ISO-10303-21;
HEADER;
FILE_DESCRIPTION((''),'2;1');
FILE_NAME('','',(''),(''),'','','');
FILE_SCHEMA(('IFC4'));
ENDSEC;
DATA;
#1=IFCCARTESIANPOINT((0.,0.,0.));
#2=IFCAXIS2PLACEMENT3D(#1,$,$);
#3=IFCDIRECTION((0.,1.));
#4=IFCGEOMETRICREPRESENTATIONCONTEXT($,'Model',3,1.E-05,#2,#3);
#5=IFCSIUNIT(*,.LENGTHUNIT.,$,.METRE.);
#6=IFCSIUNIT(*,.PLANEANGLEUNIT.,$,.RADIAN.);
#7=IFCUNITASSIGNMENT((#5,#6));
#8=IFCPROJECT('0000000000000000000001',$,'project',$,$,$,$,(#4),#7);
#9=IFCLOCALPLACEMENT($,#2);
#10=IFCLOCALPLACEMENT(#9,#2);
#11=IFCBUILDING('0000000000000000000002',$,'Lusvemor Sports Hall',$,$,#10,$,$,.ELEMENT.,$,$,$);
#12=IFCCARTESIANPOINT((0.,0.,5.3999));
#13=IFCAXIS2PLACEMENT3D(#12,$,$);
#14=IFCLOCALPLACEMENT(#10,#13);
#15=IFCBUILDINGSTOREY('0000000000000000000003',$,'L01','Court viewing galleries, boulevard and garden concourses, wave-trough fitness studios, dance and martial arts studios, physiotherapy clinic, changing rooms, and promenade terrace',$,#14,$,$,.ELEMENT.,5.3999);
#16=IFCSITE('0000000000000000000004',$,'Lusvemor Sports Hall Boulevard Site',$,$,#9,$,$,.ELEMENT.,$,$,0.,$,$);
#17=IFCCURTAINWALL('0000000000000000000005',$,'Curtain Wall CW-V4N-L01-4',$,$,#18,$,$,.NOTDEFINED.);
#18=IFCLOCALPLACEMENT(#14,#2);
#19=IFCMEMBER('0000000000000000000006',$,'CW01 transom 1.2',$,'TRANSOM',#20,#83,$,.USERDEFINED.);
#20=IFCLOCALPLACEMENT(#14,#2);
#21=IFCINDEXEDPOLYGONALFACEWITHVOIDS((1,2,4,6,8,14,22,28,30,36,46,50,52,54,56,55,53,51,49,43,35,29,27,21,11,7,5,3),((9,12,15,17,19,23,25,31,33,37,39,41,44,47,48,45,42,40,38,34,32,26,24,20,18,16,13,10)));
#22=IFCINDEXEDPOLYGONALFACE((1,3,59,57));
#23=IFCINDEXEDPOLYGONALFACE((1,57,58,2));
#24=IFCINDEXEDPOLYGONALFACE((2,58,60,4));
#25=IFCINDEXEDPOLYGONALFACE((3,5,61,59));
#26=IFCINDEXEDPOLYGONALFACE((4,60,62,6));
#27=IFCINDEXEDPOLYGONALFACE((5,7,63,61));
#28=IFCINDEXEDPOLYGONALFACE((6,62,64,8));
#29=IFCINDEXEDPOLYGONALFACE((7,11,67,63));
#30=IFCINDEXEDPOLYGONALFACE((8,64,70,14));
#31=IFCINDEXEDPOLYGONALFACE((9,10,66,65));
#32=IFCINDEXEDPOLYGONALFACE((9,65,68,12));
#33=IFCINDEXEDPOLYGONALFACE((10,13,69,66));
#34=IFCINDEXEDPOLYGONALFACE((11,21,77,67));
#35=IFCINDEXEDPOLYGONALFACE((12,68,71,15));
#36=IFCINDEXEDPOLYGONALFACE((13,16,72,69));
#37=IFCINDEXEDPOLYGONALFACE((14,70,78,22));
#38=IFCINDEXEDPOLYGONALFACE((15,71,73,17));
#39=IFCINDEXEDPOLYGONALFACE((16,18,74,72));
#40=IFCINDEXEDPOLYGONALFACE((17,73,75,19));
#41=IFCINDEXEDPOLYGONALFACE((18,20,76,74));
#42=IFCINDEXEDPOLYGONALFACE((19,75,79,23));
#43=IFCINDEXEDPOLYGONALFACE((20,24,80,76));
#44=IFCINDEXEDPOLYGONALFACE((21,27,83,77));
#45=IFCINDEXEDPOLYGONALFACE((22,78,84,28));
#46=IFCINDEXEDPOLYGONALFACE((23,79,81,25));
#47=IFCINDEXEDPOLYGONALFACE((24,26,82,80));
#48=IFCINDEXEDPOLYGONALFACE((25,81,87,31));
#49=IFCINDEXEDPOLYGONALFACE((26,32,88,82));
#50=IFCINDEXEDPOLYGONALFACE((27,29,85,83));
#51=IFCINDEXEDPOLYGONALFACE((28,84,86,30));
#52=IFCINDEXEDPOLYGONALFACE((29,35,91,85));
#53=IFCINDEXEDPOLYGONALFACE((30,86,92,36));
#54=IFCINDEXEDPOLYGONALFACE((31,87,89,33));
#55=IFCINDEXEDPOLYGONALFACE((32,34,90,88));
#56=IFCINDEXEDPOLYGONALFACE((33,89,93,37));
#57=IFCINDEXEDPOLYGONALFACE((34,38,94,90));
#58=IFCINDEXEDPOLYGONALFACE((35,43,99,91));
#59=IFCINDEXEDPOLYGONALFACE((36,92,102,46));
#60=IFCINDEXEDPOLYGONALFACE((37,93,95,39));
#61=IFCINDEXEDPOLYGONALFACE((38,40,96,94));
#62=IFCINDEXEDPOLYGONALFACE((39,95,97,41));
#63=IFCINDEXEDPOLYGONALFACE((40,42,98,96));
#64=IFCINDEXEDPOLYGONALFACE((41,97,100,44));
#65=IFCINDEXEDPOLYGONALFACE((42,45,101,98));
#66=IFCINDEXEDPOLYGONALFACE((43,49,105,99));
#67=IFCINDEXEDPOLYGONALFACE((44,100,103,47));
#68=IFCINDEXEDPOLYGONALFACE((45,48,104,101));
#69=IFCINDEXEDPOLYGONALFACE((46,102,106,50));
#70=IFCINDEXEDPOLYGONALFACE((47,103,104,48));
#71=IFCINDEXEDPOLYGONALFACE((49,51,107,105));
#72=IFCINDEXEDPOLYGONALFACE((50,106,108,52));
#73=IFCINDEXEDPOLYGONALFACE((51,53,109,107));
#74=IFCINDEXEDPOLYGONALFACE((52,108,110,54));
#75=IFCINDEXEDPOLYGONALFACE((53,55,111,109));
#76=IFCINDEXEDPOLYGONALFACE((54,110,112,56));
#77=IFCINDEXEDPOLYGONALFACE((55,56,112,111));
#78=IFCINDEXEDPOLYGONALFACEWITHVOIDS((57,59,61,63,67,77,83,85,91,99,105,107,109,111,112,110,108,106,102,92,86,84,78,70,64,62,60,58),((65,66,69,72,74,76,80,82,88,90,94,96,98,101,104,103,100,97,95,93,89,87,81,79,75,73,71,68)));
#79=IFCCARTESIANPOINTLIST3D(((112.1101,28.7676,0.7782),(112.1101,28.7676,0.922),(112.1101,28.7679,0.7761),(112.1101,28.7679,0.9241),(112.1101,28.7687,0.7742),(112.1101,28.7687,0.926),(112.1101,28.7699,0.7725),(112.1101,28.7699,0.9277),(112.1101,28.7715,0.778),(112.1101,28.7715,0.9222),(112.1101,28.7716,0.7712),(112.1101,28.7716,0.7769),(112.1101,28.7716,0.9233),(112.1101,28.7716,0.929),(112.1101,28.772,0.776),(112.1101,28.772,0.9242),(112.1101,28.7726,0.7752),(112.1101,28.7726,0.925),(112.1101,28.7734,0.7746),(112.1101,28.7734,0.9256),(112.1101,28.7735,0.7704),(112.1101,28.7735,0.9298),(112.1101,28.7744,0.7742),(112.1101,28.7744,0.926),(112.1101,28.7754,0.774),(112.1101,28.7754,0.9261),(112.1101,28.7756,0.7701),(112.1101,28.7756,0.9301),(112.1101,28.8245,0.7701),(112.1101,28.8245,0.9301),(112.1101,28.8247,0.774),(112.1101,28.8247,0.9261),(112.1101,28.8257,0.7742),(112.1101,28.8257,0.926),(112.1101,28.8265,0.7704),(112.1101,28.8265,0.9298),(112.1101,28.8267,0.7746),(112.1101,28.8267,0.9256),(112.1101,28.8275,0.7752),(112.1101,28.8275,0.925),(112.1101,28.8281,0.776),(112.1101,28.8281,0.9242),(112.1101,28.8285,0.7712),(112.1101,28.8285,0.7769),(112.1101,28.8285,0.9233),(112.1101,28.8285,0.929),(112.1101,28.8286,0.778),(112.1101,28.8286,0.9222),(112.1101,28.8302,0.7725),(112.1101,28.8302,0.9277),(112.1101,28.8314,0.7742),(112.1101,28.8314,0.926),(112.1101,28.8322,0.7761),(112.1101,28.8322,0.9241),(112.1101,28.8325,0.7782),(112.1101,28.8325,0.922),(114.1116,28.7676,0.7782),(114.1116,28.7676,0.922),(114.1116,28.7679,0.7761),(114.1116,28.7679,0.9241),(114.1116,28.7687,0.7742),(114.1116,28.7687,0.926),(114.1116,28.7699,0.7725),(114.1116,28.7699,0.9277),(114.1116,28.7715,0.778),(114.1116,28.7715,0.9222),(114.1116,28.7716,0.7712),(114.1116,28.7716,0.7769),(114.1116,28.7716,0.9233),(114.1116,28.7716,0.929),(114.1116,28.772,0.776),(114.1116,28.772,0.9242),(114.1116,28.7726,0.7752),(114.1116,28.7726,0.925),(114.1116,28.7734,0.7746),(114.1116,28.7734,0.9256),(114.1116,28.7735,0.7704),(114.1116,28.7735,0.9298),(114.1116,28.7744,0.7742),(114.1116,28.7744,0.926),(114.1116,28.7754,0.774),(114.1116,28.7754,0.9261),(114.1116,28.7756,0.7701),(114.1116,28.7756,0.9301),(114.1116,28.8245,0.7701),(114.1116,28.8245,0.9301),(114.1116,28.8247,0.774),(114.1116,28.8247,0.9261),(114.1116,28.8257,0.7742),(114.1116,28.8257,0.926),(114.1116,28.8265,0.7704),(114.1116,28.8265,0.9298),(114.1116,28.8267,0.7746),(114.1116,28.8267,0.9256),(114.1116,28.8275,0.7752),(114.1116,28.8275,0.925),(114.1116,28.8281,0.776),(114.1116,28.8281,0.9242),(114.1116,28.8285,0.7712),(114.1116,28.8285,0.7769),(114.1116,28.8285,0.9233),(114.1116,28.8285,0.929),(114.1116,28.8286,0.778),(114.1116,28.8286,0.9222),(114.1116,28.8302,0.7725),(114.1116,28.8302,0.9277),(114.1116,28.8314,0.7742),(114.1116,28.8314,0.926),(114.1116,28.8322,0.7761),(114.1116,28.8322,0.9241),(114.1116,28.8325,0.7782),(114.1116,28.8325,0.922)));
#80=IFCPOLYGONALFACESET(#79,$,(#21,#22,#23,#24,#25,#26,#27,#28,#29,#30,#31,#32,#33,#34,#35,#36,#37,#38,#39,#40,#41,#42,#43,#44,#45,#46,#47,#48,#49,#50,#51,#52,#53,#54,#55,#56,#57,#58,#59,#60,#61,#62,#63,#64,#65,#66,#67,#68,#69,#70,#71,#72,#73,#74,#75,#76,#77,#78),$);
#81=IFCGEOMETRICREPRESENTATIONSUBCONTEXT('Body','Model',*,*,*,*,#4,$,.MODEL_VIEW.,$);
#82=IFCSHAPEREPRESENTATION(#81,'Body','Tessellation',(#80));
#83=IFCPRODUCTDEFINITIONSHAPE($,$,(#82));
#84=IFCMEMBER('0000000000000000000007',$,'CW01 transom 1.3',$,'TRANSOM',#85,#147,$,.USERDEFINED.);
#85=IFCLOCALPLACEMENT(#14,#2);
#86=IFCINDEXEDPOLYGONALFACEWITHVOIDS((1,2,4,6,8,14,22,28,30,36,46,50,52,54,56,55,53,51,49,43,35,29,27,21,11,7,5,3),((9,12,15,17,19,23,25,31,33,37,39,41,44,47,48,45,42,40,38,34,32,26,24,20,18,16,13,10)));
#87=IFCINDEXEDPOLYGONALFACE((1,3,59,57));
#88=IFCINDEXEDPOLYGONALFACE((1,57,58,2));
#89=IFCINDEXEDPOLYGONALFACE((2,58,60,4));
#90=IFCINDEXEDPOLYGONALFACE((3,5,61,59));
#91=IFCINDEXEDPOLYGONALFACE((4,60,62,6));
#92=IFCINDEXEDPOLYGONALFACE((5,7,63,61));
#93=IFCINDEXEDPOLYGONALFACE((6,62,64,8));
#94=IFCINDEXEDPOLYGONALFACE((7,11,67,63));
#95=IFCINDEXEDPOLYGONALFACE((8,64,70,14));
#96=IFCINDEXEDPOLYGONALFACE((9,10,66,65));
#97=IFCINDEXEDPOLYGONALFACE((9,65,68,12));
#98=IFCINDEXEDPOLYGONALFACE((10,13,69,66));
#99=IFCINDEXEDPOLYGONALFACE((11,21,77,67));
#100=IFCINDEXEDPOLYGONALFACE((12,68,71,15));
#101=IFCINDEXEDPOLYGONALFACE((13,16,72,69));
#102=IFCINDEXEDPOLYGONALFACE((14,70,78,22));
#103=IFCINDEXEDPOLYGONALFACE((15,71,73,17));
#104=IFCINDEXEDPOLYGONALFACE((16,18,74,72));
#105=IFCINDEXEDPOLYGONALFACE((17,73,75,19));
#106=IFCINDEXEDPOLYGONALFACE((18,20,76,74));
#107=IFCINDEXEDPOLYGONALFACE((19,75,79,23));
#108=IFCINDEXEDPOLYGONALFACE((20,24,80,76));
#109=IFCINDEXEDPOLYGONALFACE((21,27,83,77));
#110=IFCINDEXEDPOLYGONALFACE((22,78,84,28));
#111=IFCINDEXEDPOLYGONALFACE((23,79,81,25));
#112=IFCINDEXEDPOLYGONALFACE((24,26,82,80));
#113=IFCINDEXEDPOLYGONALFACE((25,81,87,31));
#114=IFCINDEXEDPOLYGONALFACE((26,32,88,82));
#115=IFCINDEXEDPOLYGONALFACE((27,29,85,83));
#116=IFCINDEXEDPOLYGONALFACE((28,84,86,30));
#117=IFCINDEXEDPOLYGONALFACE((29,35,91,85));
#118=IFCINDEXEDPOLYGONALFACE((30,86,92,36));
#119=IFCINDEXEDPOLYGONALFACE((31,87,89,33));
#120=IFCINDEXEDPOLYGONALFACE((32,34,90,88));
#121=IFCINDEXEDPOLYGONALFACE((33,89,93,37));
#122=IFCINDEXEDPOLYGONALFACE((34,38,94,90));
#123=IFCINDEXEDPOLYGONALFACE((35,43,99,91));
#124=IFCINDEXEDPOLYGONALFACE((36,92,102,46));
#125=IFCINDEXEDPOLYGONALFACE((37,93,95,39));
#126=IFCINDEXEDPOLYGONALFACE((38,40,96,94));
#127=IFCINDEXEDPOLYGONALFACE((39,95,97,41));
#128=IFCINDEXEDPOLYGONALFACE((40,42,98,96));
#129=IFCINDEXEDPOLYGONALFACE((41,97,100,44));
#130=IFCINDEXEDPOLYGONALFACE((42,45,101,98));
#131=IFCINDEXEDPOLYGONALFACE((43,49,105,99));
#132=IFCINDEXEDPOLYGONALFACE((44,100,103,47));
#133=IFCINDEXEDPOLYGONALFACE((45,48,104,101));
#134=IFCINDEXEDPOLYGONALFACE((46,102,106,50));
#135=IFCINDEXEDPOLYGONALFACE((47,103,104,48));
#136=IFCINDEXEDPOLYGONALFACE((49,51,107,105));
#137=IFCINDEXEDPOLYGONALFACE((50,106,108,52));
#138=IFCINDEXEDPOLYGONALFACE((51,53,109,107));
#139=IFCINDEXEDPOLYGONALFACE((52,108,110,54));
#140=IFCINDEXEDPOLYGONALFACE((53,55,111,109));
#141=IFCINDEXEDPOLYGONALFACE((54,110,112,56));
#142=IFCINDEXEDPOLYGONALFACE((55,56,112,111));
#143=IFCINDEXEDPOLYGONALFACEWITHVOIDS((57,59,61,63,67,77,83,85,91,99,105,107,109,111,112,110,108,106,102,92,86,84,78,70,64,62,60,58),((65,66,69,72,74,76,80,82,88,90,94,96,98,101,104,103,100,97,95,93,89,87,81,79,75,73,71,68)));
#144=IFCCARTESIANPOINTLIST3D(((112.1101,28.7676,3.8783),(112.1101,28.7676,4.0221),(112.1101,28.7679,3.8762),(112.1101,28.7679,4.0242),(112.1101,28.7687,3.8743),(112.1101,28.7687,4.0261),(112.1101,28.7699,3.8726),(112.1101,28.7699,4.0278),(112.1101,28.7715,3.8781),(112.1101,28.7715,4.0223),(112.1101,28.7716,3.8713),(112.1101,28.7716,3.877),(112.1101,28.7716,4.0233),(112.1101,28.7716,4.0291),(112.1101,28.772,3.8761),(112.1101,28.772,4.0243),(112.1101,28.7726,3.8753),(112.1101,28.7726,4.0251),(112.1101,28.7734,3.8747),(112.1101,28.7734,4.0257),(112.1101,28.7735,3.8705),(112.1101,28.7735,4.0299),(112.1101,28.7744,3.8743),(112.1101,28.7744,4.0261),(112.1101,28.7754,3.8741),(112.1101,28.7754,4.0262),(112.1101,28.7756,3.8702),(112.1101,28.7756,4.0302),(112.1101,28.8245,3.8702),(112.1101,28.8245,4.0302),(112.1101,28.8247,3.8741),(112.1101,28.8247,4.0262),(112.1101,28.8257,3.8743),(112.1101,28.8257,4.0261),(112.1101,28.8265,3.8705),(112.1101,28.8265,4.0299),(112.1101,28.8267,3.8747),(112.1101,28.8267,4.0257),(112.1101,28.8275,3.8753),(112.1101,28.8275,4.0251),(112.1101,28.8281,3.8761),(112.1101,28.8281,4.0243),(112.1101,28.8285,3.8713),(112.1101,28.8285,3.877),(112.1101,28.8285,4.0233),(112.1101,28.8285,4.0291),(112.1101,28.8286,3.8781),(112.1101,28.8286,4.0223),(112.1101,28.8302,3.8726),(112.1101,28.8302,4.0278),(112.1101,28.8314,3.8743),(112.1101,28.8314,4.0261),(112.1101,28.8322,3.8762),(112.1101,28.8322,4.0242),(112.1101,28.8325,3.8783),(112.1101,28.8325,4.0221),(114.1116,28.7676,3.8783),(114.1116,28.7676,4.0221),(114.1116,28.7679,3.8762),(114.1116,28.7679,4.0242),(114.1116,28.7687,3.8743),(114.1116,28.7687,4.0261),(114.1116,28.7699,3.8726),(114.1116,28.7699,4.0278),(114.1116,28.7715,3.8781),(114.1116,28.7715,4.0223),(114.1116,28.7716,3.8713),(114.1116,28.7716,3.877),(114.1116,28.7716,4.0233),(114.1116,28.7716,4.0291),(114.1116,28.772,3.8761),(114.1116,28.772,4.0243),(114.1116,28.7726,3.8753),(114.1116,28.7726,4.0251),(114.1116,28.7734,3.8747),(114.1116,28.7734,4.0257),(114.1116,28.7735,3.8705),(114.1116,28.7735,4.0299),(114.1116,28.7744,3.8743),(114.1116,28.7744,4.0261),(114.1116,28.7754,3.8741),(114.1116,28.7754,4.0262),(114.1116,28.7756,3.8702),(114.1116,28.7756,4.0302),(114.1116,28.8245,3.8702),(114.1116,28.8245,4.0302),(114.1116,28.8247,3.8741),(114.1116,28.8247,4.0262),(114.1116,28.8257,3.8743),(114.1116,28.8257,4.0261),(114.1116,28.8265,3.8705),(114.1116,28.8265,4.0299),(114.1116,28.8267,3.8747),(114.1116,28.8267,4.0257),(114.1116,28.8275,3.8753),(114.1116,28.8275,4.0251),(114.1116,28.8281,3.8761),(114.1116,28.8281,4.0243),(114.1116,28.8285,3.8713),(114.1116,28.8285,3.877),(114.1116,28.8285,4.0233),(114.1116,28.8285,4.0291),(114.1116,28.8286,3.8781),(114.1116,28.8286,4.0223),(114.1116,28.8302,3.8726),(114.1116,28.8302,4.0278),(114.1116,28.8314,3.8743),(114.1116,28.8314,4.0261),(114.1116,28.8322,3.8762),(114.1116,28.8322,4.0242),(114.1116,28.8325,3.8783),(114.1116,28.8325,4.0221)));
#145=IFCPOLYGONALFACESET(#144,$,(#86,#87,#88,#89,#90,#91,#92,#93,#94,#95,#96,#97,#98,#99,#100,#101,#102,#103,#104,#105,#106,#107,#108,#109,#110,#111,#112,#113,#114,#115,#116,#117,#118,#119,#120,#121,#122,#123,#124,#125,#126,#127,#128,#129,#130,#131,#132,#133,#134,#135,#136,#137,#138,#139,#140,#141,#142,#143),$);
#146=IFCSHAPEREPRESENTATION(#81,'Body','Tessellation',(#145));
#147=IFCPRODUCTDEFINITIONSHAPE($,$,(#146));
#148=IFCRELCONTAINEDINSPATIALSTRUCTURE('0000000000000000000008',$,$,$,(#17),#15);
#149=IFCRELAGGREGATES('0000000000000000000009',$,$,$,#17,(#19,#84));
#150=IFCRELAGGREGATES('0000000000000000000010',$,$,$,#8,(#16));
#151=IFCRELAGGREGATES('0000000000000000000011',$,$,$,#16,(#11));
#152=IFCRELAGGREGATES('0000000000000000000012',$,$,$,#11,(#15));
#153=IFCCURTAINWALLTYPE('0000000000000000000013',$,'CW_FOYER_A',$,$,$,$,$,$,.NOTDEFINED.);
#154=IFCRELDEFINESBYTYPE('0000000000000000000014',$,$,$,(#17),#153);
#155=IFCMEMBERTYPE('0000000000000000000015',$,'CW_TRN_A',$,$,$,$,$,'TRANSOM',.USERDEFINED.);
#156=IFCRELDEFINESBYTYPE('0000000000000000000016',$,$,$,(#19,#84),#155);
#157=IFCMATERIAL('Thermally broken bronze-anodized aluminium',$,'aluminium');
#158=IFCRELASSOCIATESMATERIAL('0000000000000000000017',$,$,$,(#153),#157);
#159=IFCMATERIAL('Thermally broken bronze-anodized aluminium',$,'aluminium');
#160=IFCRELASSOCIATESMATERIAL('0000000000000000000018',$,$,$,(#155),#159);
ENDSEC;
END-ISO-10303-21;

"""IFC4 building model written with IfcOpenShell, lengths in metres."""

from ifc_helpers import new_model, si_unit, direction, frame, origin, origin_2d, place, context, subcontext, project, spatial, hollow_rectangle, extrude, material, material_profile, profile_set, type_object, element, aggregate, save


model = new_model("IFC4")

# Units and contexts
model_context = context("Model", 3, precision=1e-05, world=origin(), true_north=direction((0.0, 1.0)))
body_context = subcontext(model_context, "Body", "Model", "MODEL_VIEW")
ifc_project = project(units=[si_unit("LENGTHUNIT", "METRE"), si_unit("PLANEANGLEUNIT", "RADIAN")], contexts=[model_context])

# Site, building, storey
site_placement = place(None, origin())
site = spatial("IfcSite", under=ifc_project, at=site_placement, Name="Lusvemor Sports Hall Boulevard Site", CompositionType="ELEMENT", RefElevation=0.0)
building_placement = place(site_placement, origin())
building = spatial("IfcBuilding", under=site, at=building_placement, Name="Lusvemor Sports Hall", CompositionType="ELEMENT")
storey_placement = place(building_placement, frame((0.0, 0.0, 5.3999)))
storey = spatial("IfcBuildingStorey", under=building, at=storey_placement, Name="L01", Description="Court viewing galleries, boulevard and garden concourses, wave-trough fitness studios, dance and martial arts studios, physiotherapy clinic, changing rooms, and promenade terrace", CompositionType="ELEMENT", Elevation=5.3999)

# Curtain wall
ifc_material_1 = material(Name="Thermally broken bronze-anodized aluminium", Category="aluminium")
curtain_wall_type_1 = type_object("IfcCurtainWallType", Name="CW_FOYER_A", PredefinedType="NOTDEFINED", material=ifc_material_1)
curtain_wall_1_placement = place(storey_placement, origin())
curtain_wall_1 = element("IfcCurtainWall", 1, at=curtain_wall_1_placement, inside=storey, type_object=curtain_wall_type_1, Name="Curtain Wall CW-V4N-L01-4", PredefinedType="NOTDEFINED")

# Members
ifc_material_2 = material(Name="Thermally broken bronze-anodized aluminium", Category="aluminium")
ifc_material_profile_1 = material_profile(ifc_material_2, hollow_rectangle(XDim=0.0649, YDim=0.1599, WallThickness=0.0039, InnerFilletRadius=0.0039, OuterFilletRadius=0.0081, at=origin_2d()), Name="CWTRN160x65x4")
ifc_profile_set_1 = profile_set([ifc_material_profile_1], Name="Thermally broken bronze-anodized aluminium")
member_type_1 = type_object("IfcMemberType", Name="CW_TRN_A", ElementType="TRANSOM", PredefinedType="USERDEFINED", material=ifc_profile_set_1)
member_1_placement = place(storey_placement, frame((112.1101, 28.8, 0.8501), z_axis=(1.0, 0.0, 0.0), x_axis=(0.0, 1.0, 0.0)))
member_1 = element("IfcMember", 2, at=member_1_placement, type_object=member_type_1, Name="CW01 transom 1.2", ObjectType="TRANSOM", PredefinedType="USERDEFINED", context=body_context, shape_type="SweptSolid", body=[
    extrude(hollow_rectangle(XDim=0.0649, YDim=0.1599, WallThickness=0.0039, InnerFilletRadius=0.0039, OuterFilletRadius=0.0081, at=origin_2d()), origin(), (0.0, 0.0, 1.0), 2.0015),
])
member_2_placement = place(storey_placement, frame((112.1101, 28.8, 3.9502), z_axis=(1.0, 0.0, 0.0), x_axis=(0.0, 1.0, 0.0)))
member_2 = element("IfcMember", 3, at=member_2_placement, type_object=member_type_1, Name="CW01 transom 1.3", ObjectType="TRANSOM", PredefinedType="USERDEFINED", context=body_context, shape_type="SweptSolid", body=[
    extrude(hollow_rectangle(XDim=0.0649, YDim=0.1599, WallThickness=0.0039, InnerFilletRadius=0.0039, OuterFilletRadius=0.0081, at=origin_2d()), origin(), (0.0, 0.0, 1.0), 2.0015),
])

aggregate(curtain_wall_1, [member_1, member_2])

save(model, "model.ifc")
